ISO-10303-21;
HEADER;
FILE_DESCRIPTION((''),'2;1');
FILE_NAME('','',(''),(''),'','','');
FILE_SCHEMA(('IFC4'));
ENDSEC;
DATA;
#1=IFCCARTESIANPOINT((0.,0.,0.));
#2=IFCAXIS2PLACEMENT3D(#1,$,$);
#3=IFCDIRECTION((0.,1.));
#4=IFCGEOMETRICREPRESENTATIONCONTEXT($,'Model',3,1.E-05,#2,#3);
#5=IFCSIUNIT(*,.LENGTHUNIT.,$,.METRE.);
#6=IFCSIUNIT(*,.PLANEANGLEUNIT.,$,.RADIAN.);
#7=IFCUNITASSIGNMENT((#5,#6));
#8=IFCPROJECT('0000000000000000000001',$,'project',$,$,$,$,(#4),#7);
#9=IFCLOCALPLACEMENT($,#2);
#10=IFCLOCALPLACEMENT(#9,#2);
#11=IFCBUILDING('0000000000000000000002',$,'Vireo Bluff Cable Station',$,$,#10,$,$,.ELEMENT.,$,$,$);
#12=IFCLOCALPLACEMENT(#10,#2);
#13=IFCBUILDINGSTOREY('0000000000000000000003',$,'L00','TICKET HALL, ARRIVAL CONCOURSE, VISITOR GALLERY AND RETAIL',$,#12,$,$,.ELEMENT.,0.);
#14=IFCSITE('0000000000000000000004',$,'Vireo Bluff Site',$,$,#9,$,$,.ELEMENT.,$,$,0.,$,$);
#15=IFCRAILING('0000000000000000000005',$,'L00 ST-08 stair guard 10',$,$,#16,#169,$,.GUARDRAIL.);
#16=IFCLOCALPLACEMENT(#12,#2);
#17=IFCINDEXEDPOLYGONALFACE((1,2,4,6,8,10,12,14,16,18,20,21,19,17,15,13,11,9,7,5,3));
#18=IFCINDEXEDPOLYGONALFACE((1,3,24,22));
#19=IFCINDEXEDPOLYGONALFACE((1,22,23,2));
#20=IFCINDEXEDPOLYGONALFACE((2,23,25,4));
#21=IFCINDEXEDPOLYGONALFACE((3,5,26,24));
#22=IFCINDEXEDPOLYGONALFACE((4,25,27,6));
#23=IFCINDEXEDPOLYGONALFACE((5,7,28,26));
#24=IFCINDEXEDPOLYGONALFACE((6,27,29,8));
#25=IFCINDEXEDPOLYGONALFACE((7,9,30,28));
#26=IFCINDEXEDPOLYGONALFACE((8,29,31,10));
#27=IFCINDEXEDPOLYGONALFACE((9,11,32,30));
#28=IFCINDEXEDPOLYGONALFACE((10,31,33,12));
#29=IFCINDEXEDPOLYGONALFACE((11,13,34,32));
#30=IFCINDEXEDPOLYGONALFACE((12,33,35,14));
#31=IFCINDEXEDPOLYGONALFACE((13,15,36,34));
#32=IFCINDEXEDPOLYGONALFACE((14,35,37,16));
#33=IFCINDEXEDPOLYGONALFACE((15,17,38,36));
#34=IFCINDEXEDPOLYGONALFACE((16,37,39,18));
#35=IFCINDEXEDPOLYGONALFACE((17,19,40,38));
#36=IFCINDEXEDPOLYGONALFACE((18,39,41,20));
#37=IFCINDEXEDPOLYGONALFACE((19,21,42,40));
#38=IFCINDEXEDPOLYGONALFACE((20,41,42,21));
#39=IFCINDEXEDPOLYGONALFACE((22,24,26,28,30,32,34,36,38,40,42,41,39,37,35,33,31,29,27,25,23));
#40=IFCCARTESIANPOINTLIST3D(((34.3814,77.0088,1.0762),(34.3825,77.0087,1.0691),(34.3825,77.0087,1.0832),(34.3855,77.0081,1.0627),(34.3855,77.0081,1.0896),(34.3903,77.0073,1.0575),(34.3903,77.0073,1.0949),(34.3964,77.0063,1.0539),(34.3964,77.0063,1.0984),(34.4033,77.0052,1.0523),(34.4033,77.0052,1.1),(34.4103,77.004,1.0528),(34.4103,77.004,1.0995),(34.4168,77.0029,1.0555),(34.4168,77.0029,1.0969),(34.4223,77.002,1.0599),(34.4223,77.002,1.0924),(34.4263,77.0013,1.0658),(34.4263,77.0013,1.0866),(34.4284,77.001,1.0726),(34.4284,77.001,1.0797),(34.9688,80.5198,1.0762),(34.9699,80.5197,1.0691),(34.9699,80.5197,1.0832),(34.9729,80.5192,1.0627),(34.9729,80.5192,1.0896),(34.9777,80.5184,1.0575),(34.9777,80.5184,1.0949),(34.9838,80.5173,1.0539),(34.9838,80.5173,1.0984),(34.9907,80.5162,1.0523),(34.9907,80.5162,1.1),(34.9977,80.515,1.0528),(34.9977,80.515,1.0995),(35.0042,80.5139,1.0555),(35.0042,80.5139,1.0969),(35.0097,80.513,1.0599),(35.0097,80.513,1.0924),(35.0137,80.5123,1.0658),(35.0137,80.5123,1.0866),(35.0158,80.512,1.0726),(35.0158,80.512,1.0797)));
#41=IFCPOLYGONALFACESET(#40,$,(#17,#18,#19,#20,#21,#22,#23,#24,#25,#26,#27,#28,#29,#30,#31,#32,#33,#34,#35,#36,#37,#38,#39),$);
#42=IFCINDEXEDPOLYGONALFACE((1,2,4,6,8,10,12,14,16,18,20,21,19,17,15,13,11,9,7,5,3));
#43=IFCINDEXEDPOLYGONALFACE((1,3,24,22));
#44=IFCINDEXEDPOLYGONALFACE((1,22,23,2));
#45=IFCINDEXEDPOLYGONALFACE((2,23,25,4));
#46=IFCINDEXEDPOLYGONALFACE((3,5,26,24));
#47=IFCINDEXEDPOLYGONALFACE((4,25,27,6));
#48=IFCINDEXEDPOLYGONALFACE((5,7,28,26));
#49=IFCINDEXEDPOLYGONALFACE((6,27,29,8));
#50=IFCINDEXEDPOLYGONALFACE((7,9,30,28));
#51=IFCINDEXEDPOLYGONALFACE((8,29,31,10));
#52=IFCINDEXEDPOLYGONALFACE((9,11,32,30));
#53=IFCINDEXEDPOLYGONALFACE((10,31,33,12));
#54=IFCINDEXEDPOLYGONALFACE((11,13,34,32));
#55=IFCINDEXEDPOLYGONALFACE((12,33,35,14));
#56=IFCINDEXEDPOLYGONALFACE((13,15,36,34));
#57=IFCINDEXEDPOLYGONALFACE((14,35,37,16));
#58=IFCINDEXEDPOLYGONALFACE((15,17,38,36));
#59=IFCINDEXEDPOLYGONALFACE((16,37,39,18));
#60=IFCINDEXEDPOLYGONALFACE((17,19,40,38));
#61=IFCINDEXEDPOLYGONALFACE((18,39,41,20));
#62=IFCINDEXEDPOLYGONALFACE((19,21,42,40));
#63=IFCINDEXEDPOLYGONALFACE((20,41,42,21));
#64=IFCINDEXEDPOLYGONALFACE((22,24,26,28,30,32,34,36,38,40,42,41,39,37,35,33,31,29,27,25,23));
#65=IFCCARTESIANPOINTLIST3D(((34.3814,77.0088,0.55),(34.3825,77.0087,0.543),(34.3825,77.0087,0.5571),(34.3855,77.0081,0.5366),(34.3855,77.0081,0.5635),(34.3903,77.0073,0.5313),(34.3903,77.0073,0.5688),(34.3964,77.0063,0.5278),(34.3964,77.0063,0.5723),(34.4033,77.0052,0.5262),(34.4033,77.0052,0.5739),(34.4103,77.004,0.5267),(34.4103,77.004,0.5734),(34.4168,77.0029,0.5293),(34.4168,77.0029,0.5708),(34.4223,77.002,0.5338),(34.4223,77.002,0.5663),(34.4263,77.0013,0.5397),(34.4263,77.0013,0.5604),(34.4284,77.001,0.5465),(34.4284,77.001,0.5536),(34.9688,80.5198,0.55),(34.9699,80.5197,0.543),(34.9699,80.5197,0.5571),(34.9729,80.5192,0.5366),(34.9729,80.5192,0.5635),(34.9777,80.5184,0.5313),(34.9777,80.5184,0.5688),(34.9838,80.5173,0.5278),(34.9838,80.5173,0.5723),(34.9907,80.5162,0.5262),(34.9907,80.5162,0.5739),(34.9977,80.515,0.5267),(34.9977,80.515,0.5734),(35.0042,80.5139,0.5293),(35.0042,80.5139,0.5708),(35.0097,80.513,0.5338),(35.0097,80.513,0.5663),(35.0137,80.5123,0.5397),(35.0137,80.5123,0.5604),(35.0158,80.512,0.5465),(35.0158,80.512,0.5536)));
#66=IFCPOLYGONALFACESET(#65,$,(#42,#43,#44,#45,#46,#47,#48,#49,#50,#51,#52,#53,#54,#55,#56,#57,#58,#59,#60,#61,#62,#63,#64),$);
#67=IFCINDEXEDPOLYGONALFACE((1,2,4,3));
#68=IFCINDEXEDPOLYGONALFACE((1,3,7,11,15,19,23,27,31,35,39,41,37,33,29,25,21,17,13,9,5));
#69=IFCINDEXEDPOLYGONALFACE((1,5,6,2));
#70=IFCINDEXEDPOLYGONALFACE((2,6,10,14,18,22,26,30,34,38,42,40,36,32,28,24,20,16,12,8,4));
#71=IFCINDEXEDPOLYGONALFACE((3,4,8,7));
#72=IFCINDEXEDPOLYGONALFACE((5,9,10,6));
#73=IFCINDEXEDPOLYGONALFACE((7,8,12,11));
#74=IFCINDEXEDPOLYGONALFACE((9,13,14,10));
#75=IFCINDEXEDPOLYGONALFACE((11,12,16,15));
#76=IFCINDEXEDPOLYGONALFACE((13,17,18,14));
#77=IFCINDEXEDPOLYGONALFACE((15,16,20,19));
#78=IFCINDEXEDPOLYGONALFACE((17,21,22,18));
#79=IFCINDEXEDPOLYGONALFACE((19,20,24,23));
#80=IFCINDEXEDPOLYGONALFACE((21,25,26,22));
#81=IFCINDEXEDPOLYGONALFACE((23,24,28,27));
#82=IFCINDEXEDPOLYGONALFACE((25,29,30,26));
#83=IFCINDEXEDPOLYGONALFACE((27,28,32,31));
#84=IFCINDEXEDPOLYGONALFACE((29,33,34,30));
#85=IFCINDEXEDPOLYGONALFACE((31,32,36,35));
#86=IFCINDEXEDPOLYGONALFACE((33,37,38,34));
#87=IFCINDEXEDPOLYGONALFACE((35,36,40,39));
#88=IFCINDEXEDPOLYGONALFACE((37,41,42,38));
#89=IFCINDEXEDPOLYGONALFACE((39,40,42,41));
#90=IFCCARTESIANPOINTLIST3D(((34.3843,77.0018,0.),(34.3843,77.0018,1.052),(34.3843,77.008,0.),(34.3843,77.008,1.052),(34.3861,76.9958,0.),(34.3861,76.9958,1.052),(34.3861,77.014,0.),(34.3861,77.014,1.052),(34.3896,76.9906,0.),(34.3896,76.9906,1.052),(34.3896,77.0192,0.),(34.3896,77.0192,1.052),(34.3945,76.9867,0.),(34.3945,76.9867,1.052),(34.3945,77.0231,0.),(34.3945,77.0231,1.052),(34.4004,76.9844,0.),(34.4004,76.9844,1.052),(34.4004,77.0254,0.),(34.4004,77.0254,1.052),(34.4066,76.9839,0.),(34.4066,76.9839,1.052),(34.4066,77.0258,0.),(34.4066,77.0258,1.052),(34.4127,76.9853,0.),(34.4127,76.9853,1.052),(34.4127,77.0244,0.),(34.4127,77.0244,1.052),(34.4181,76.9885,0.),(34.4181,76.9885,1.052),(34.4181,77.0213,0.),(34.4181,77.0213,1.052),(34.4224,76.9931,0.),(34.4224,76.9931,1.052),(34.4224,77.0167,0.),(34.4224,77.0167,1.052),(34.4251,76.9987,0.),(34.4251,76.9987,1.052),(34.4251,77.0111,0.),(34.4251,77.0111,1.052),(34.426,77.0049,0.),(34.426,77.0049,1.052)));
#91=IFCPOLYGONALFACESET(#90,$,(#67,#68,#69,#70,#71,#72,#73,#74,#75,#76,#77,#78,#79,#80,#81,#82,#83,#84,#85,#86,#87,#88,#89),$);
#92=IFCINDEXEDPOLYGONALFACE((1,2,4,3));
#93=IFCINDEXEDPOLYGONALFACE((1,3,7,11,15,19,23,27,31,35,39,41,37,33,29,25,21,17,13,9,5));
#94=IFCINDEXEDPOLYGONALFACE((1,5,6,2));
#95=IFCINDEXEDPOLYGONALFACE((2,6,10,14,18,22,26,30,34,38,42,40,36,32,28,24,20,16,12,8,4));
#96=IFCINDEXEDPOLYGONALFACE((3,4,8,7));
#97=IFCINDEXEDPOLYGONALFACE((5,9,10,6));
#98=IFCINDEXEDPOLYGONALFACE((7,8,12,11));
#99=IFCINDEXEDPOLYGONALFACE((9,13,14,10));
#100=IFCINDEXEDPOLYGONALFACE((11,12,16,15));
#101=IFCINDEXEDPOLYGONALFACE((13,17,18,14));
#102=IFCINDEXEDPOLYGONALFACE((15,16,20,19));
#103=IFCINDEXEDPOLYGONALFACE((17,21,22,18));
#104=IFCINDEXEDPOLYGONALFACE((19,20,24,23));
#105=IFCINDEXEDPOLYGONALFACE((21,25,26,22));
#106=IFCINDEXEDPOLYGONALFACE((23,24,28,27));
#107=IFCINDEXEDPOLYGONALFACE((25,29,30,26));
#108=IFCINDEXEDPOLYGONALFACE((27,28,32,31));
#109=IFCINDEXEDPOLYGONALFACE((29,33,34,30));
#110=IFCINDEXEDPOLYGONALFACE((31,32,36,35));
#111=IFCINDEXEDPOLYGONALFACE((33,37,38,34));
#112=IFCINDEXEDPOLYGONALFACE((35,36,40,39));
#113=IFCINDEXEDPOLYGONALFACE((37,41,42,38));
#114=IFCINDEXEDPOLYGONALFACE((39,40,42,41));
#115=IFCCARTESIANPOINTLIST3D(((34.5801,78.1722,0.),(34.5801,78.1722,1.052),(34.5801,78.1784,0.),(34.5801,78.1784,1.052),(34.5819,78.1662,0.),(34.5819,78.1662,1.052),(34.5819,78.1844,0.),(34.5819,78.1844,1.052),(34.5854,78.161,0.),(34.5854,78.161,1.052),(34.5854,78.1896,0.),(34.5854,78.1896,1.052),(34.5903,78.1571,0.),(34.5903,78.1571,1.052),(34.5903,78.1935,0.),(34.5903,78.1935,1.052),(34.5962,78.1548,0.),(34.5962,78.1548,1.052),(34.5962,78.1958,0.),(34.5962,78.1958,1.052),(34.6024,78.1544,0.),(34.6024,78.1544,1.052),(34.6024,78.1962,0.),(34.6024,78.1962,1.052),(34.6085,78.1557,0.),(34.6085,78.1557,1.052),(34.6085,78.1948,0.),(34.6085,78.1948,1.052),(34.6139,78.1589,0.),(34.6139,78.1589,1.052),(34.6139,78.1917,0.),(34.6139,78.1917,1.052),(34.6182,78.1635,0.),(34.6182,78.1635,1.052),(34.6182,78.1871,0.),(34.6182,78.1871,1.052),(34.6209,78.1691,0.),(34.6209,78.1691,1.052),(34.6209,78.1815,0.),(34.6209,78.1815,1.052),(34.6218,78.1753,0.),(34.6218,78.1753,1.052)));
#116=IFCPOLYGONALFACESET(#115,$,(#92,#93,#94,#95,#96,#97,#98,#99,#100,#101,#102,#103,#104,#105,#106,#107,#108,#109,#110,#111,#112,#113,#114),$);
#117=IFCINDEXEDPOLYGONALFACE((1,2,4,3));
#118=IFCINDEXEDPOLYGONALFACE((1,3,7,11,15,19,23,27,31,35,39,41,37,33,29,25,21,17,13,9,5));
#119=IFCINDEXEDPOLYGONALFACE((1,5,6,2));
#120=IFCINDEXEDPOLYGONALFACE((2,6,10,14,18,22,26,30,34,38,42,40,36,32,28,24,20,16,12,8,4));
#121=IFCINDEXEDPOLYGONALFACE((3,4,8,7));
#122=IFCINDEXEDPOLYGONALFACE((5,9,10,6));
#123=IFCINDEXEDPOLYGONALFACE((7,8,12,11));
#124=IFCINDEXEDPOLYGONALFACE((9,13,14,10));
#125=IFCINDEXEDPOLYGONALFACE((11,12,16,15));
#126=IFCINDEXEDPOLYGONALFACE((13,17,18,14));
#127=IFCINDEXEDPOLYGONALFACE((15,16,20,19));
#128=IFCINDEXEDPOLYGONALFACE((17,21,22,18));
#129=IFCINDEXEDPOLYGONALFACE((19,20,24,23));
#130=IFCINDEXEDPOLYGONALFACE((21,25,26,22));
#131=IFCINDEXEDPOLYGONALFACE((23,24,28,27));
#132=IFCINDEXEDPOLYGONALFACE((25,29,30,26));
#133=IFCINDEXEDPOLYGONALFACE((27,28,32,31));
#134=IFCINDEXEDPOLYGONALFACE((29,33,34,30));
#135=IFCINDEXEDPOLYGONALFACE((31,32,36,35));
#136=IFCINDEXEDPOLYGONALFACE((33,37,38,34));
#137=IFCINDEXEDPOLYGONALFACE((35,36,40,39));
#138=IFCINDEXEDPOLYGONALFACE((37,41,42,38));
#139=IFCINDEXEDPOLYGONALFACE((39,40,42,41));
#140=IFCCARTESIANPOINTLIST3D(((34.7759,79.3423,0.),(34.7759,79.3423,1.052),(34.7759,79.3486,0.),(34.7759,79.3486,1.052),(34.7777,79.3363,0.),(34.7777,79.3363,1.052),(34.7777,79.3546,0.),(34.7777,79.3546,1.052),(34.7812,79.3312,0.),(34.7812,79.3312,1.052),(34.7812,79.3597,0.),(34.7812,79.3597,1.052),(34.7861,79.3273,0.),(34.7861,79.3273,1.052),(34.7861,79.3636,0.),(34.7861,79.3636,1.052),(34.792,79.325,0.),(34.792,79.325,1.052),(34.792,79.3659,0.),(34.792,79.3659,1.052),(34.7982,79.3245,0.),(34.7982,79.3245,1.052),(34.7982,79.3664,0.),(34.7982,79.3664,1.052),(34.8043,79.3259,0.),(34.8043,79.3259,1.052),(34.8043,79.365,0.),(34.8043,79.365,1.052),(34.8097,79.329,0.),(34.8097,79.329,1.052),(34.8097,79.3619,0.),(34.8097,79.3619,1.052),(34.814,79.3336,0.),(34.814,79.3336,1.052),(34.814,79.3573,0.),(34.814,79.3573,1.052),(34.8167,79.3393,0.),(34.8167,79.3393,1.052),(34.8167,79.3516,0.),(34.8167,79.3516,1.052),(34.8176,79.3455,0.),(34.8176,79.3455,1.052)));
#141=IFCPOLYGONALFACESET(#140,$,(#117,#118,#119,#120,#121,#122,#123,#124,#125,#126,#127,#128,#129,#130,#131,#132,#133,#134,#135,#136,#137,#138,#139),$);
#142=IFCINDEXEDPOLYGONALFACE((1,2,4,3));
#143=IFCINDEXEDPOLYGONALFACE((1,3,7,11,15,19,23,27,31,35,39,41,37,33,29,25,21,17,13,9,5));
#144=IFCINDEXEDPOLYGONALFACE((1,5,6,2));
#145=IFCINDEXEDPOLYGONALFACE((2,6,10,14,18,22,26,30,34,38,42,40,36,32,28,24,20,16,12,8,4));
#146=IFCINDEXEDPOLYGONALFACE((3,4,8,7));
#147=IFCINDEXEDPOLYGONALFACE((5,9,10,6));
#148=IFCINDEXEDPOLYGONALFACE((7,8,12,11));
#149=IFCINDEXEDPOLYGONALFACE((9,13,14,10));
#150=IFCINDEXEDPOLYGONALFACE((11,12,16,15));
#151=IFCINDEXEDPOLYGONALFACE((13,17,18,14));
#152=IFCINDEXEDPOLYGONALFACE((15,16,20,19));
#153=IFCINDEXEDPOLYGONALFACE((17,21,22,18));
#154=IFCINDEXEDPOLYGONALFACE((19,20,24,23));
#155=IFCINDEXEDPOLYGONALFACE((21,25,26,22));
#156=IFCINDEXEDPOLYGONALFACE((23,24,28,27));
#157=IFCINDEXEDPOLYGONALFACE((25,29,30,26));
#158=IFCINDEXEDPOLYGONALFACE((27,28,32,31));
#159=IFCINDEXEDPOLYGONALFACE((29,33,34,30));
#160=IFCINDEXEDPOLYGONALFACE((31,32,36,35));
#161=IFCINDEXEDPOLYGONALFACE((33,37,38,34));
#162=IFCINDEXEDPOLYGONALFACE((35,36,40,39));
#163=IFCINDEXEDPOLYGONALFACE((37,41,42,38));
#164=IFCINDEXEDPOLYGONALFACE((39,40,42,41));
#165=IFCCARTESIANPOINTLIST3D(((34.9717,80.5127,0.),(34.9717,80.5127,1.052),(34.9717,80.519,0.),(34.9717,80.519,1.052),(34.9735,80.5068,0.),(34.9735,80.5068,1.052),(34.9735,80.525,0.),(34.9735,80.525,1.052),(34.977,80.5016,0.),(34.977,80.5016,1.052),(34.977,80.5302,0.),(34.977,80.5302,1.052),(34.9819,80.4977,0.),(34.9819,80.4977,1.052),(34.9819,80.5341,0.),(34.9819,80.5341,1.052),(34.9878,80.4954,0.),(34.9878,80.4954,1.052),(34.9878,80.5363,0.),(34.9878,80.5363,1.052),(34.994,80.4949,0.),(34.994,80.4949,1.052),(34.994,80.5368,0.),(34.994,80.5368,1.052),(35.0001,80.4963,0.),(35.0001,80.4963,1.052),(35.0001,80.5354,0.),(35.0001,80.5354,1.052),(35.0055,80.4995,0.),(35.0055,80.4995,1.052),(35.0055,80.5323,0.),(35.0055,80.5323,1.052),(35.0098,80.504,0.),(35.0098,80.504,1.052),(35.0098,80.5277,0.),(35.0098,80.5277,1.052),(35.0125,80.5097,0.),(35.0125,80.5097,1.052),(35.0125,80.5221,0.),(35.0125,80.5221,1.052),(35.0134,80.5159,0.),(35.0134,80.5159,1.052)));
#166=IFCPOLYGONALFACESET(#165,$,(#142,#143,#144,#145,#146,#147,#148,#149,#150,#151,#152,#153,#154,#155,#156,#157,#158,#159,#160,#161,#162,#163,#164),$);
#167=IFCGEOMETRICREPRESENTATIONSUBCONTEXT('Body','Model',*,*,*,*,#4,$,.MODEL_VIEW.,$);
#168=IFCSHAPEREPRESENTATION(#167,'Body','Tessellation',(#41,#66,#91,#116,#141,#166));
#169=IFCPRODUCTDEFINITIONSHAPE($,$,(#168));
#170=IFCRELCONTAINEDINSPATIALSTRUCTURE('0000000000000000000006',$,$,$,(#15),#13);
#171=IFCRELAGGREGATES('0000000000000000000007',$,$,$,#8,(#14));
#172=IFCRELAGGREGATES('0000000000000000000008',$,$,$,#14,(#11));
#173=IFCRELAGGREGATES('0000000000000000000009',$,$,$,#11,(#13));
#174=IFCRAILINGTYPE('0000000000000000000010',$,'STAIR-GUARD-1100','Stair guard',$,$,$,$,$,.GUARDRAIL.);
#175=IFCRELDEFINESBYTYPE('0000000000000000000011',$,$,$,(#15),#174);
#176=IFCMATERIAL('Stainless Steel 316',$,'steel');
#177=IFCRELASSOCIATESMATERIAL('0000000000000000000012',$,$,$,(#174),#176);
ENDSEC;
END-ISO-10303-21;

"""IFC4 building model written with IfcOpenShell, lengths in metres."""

from ifc_helpers import new_model, si_unit, direction, frame, origin, origin_2d, place, context, subcontext, project, spatial, circle, extrude, material, type_object, element, save


model = new_model("IFC4")

# Units and contexts
model_context = context("Model", 3, precision=1e-05, world=origin(), true_north=direction((0.0, 1.0)))
body_context = subcontext(model_context, "Body", "Model", "MODEL_VIEW")
ifc_project = project(units=[si_unit("LENGTHUNIT", "METRE"), si_unit("PLANEANGLEUNIT", "RADIAN")], contexts=[model_context])

# Site, building, storey
site_placement = place(None, origin())
site = spatial("IfcSite", under=ifc_project, at=site_placement, Name="Vireo Bluff Site", CompositionType="ELEMENT", RefElevation=0.0)
building_placement = place(site_placement, origin())
building = spatial("IfcBuilding", under=site, at=building_placement, Name="Vireo Bluff Cable Station", CompositionType="ELEMENT")
storey_placement = place(building_placement, origin())
storey = spatial("IfcBuildingStorey", under=building, at=storey_placement, Name="L00", Description="TICKET HALL, ARRIVAL CONCOURSE, VISITOR GALLERY AND RETAIL", CompositionType="ELEMENT", Elevation=0.0)

# Railing
ifc_material_1 = material(Name="Stainless Steel 316", Category="steel")
railing_type = type_object("IfcRailingType", Name="STAIR-GUARD-1100", Description="Stair guard", PredefinedType="GUARDRAIL", material=ifc_material_1)
railing_1_placement = place(storey_placement, frame((34.405, 77.0049, 0.0)))
element("IfcRailing", 1, at=railing_1_placement, inside=storey, type_object=railing_type, Name="L00 ST-08 stair guard 10", PredefinedType="GUARDRAIL", context=body_context, shape_type="SweptSolid", body=[
    extrude(circle(Radius=0.0239, at=origin_2d()), frame((0.0, 0.0, 1.0762), z_axis=(0.165011, 0.986292, 0.0), x_axis=(-0.986292, 0.165011, 0.0)), (0.0, 0.0, 1.0), 3.5598),
    extrude(circle(Radius=0.0239, at=origin_2d()), frame((0.0, 0.0, 0.55), z_axis=(0.165011, 0.986292, 0.0), x_axis=(-0.986292, 0.165011, 0.0)), (0.0, 0.0, 1.0), 3.5598),
    extrude(circle(Radius=0.021, at=origin_2d()), origin(), (0.0, 0.0, 1.0), 1.052),
    extrude(circle(Radius=0.021, at=origin_2d()), frame((0.1958, 1.1704, 0.0)), (0.0, 0.0, 1.0), 1.052),
    extrude(circle(Radius=0.021, at=origin_2d()), frame((0.3916, 2.3406, 0.0)), (0.0, 0.0, 1.0), 1.052),
    extrude(circle(Radius=0.021, at=origin_2d()), frame((0.5874, 3.511, 0.0)), (0.0, 0.0, 1.0), 1.052),
])

save(model, "model.ifc")
